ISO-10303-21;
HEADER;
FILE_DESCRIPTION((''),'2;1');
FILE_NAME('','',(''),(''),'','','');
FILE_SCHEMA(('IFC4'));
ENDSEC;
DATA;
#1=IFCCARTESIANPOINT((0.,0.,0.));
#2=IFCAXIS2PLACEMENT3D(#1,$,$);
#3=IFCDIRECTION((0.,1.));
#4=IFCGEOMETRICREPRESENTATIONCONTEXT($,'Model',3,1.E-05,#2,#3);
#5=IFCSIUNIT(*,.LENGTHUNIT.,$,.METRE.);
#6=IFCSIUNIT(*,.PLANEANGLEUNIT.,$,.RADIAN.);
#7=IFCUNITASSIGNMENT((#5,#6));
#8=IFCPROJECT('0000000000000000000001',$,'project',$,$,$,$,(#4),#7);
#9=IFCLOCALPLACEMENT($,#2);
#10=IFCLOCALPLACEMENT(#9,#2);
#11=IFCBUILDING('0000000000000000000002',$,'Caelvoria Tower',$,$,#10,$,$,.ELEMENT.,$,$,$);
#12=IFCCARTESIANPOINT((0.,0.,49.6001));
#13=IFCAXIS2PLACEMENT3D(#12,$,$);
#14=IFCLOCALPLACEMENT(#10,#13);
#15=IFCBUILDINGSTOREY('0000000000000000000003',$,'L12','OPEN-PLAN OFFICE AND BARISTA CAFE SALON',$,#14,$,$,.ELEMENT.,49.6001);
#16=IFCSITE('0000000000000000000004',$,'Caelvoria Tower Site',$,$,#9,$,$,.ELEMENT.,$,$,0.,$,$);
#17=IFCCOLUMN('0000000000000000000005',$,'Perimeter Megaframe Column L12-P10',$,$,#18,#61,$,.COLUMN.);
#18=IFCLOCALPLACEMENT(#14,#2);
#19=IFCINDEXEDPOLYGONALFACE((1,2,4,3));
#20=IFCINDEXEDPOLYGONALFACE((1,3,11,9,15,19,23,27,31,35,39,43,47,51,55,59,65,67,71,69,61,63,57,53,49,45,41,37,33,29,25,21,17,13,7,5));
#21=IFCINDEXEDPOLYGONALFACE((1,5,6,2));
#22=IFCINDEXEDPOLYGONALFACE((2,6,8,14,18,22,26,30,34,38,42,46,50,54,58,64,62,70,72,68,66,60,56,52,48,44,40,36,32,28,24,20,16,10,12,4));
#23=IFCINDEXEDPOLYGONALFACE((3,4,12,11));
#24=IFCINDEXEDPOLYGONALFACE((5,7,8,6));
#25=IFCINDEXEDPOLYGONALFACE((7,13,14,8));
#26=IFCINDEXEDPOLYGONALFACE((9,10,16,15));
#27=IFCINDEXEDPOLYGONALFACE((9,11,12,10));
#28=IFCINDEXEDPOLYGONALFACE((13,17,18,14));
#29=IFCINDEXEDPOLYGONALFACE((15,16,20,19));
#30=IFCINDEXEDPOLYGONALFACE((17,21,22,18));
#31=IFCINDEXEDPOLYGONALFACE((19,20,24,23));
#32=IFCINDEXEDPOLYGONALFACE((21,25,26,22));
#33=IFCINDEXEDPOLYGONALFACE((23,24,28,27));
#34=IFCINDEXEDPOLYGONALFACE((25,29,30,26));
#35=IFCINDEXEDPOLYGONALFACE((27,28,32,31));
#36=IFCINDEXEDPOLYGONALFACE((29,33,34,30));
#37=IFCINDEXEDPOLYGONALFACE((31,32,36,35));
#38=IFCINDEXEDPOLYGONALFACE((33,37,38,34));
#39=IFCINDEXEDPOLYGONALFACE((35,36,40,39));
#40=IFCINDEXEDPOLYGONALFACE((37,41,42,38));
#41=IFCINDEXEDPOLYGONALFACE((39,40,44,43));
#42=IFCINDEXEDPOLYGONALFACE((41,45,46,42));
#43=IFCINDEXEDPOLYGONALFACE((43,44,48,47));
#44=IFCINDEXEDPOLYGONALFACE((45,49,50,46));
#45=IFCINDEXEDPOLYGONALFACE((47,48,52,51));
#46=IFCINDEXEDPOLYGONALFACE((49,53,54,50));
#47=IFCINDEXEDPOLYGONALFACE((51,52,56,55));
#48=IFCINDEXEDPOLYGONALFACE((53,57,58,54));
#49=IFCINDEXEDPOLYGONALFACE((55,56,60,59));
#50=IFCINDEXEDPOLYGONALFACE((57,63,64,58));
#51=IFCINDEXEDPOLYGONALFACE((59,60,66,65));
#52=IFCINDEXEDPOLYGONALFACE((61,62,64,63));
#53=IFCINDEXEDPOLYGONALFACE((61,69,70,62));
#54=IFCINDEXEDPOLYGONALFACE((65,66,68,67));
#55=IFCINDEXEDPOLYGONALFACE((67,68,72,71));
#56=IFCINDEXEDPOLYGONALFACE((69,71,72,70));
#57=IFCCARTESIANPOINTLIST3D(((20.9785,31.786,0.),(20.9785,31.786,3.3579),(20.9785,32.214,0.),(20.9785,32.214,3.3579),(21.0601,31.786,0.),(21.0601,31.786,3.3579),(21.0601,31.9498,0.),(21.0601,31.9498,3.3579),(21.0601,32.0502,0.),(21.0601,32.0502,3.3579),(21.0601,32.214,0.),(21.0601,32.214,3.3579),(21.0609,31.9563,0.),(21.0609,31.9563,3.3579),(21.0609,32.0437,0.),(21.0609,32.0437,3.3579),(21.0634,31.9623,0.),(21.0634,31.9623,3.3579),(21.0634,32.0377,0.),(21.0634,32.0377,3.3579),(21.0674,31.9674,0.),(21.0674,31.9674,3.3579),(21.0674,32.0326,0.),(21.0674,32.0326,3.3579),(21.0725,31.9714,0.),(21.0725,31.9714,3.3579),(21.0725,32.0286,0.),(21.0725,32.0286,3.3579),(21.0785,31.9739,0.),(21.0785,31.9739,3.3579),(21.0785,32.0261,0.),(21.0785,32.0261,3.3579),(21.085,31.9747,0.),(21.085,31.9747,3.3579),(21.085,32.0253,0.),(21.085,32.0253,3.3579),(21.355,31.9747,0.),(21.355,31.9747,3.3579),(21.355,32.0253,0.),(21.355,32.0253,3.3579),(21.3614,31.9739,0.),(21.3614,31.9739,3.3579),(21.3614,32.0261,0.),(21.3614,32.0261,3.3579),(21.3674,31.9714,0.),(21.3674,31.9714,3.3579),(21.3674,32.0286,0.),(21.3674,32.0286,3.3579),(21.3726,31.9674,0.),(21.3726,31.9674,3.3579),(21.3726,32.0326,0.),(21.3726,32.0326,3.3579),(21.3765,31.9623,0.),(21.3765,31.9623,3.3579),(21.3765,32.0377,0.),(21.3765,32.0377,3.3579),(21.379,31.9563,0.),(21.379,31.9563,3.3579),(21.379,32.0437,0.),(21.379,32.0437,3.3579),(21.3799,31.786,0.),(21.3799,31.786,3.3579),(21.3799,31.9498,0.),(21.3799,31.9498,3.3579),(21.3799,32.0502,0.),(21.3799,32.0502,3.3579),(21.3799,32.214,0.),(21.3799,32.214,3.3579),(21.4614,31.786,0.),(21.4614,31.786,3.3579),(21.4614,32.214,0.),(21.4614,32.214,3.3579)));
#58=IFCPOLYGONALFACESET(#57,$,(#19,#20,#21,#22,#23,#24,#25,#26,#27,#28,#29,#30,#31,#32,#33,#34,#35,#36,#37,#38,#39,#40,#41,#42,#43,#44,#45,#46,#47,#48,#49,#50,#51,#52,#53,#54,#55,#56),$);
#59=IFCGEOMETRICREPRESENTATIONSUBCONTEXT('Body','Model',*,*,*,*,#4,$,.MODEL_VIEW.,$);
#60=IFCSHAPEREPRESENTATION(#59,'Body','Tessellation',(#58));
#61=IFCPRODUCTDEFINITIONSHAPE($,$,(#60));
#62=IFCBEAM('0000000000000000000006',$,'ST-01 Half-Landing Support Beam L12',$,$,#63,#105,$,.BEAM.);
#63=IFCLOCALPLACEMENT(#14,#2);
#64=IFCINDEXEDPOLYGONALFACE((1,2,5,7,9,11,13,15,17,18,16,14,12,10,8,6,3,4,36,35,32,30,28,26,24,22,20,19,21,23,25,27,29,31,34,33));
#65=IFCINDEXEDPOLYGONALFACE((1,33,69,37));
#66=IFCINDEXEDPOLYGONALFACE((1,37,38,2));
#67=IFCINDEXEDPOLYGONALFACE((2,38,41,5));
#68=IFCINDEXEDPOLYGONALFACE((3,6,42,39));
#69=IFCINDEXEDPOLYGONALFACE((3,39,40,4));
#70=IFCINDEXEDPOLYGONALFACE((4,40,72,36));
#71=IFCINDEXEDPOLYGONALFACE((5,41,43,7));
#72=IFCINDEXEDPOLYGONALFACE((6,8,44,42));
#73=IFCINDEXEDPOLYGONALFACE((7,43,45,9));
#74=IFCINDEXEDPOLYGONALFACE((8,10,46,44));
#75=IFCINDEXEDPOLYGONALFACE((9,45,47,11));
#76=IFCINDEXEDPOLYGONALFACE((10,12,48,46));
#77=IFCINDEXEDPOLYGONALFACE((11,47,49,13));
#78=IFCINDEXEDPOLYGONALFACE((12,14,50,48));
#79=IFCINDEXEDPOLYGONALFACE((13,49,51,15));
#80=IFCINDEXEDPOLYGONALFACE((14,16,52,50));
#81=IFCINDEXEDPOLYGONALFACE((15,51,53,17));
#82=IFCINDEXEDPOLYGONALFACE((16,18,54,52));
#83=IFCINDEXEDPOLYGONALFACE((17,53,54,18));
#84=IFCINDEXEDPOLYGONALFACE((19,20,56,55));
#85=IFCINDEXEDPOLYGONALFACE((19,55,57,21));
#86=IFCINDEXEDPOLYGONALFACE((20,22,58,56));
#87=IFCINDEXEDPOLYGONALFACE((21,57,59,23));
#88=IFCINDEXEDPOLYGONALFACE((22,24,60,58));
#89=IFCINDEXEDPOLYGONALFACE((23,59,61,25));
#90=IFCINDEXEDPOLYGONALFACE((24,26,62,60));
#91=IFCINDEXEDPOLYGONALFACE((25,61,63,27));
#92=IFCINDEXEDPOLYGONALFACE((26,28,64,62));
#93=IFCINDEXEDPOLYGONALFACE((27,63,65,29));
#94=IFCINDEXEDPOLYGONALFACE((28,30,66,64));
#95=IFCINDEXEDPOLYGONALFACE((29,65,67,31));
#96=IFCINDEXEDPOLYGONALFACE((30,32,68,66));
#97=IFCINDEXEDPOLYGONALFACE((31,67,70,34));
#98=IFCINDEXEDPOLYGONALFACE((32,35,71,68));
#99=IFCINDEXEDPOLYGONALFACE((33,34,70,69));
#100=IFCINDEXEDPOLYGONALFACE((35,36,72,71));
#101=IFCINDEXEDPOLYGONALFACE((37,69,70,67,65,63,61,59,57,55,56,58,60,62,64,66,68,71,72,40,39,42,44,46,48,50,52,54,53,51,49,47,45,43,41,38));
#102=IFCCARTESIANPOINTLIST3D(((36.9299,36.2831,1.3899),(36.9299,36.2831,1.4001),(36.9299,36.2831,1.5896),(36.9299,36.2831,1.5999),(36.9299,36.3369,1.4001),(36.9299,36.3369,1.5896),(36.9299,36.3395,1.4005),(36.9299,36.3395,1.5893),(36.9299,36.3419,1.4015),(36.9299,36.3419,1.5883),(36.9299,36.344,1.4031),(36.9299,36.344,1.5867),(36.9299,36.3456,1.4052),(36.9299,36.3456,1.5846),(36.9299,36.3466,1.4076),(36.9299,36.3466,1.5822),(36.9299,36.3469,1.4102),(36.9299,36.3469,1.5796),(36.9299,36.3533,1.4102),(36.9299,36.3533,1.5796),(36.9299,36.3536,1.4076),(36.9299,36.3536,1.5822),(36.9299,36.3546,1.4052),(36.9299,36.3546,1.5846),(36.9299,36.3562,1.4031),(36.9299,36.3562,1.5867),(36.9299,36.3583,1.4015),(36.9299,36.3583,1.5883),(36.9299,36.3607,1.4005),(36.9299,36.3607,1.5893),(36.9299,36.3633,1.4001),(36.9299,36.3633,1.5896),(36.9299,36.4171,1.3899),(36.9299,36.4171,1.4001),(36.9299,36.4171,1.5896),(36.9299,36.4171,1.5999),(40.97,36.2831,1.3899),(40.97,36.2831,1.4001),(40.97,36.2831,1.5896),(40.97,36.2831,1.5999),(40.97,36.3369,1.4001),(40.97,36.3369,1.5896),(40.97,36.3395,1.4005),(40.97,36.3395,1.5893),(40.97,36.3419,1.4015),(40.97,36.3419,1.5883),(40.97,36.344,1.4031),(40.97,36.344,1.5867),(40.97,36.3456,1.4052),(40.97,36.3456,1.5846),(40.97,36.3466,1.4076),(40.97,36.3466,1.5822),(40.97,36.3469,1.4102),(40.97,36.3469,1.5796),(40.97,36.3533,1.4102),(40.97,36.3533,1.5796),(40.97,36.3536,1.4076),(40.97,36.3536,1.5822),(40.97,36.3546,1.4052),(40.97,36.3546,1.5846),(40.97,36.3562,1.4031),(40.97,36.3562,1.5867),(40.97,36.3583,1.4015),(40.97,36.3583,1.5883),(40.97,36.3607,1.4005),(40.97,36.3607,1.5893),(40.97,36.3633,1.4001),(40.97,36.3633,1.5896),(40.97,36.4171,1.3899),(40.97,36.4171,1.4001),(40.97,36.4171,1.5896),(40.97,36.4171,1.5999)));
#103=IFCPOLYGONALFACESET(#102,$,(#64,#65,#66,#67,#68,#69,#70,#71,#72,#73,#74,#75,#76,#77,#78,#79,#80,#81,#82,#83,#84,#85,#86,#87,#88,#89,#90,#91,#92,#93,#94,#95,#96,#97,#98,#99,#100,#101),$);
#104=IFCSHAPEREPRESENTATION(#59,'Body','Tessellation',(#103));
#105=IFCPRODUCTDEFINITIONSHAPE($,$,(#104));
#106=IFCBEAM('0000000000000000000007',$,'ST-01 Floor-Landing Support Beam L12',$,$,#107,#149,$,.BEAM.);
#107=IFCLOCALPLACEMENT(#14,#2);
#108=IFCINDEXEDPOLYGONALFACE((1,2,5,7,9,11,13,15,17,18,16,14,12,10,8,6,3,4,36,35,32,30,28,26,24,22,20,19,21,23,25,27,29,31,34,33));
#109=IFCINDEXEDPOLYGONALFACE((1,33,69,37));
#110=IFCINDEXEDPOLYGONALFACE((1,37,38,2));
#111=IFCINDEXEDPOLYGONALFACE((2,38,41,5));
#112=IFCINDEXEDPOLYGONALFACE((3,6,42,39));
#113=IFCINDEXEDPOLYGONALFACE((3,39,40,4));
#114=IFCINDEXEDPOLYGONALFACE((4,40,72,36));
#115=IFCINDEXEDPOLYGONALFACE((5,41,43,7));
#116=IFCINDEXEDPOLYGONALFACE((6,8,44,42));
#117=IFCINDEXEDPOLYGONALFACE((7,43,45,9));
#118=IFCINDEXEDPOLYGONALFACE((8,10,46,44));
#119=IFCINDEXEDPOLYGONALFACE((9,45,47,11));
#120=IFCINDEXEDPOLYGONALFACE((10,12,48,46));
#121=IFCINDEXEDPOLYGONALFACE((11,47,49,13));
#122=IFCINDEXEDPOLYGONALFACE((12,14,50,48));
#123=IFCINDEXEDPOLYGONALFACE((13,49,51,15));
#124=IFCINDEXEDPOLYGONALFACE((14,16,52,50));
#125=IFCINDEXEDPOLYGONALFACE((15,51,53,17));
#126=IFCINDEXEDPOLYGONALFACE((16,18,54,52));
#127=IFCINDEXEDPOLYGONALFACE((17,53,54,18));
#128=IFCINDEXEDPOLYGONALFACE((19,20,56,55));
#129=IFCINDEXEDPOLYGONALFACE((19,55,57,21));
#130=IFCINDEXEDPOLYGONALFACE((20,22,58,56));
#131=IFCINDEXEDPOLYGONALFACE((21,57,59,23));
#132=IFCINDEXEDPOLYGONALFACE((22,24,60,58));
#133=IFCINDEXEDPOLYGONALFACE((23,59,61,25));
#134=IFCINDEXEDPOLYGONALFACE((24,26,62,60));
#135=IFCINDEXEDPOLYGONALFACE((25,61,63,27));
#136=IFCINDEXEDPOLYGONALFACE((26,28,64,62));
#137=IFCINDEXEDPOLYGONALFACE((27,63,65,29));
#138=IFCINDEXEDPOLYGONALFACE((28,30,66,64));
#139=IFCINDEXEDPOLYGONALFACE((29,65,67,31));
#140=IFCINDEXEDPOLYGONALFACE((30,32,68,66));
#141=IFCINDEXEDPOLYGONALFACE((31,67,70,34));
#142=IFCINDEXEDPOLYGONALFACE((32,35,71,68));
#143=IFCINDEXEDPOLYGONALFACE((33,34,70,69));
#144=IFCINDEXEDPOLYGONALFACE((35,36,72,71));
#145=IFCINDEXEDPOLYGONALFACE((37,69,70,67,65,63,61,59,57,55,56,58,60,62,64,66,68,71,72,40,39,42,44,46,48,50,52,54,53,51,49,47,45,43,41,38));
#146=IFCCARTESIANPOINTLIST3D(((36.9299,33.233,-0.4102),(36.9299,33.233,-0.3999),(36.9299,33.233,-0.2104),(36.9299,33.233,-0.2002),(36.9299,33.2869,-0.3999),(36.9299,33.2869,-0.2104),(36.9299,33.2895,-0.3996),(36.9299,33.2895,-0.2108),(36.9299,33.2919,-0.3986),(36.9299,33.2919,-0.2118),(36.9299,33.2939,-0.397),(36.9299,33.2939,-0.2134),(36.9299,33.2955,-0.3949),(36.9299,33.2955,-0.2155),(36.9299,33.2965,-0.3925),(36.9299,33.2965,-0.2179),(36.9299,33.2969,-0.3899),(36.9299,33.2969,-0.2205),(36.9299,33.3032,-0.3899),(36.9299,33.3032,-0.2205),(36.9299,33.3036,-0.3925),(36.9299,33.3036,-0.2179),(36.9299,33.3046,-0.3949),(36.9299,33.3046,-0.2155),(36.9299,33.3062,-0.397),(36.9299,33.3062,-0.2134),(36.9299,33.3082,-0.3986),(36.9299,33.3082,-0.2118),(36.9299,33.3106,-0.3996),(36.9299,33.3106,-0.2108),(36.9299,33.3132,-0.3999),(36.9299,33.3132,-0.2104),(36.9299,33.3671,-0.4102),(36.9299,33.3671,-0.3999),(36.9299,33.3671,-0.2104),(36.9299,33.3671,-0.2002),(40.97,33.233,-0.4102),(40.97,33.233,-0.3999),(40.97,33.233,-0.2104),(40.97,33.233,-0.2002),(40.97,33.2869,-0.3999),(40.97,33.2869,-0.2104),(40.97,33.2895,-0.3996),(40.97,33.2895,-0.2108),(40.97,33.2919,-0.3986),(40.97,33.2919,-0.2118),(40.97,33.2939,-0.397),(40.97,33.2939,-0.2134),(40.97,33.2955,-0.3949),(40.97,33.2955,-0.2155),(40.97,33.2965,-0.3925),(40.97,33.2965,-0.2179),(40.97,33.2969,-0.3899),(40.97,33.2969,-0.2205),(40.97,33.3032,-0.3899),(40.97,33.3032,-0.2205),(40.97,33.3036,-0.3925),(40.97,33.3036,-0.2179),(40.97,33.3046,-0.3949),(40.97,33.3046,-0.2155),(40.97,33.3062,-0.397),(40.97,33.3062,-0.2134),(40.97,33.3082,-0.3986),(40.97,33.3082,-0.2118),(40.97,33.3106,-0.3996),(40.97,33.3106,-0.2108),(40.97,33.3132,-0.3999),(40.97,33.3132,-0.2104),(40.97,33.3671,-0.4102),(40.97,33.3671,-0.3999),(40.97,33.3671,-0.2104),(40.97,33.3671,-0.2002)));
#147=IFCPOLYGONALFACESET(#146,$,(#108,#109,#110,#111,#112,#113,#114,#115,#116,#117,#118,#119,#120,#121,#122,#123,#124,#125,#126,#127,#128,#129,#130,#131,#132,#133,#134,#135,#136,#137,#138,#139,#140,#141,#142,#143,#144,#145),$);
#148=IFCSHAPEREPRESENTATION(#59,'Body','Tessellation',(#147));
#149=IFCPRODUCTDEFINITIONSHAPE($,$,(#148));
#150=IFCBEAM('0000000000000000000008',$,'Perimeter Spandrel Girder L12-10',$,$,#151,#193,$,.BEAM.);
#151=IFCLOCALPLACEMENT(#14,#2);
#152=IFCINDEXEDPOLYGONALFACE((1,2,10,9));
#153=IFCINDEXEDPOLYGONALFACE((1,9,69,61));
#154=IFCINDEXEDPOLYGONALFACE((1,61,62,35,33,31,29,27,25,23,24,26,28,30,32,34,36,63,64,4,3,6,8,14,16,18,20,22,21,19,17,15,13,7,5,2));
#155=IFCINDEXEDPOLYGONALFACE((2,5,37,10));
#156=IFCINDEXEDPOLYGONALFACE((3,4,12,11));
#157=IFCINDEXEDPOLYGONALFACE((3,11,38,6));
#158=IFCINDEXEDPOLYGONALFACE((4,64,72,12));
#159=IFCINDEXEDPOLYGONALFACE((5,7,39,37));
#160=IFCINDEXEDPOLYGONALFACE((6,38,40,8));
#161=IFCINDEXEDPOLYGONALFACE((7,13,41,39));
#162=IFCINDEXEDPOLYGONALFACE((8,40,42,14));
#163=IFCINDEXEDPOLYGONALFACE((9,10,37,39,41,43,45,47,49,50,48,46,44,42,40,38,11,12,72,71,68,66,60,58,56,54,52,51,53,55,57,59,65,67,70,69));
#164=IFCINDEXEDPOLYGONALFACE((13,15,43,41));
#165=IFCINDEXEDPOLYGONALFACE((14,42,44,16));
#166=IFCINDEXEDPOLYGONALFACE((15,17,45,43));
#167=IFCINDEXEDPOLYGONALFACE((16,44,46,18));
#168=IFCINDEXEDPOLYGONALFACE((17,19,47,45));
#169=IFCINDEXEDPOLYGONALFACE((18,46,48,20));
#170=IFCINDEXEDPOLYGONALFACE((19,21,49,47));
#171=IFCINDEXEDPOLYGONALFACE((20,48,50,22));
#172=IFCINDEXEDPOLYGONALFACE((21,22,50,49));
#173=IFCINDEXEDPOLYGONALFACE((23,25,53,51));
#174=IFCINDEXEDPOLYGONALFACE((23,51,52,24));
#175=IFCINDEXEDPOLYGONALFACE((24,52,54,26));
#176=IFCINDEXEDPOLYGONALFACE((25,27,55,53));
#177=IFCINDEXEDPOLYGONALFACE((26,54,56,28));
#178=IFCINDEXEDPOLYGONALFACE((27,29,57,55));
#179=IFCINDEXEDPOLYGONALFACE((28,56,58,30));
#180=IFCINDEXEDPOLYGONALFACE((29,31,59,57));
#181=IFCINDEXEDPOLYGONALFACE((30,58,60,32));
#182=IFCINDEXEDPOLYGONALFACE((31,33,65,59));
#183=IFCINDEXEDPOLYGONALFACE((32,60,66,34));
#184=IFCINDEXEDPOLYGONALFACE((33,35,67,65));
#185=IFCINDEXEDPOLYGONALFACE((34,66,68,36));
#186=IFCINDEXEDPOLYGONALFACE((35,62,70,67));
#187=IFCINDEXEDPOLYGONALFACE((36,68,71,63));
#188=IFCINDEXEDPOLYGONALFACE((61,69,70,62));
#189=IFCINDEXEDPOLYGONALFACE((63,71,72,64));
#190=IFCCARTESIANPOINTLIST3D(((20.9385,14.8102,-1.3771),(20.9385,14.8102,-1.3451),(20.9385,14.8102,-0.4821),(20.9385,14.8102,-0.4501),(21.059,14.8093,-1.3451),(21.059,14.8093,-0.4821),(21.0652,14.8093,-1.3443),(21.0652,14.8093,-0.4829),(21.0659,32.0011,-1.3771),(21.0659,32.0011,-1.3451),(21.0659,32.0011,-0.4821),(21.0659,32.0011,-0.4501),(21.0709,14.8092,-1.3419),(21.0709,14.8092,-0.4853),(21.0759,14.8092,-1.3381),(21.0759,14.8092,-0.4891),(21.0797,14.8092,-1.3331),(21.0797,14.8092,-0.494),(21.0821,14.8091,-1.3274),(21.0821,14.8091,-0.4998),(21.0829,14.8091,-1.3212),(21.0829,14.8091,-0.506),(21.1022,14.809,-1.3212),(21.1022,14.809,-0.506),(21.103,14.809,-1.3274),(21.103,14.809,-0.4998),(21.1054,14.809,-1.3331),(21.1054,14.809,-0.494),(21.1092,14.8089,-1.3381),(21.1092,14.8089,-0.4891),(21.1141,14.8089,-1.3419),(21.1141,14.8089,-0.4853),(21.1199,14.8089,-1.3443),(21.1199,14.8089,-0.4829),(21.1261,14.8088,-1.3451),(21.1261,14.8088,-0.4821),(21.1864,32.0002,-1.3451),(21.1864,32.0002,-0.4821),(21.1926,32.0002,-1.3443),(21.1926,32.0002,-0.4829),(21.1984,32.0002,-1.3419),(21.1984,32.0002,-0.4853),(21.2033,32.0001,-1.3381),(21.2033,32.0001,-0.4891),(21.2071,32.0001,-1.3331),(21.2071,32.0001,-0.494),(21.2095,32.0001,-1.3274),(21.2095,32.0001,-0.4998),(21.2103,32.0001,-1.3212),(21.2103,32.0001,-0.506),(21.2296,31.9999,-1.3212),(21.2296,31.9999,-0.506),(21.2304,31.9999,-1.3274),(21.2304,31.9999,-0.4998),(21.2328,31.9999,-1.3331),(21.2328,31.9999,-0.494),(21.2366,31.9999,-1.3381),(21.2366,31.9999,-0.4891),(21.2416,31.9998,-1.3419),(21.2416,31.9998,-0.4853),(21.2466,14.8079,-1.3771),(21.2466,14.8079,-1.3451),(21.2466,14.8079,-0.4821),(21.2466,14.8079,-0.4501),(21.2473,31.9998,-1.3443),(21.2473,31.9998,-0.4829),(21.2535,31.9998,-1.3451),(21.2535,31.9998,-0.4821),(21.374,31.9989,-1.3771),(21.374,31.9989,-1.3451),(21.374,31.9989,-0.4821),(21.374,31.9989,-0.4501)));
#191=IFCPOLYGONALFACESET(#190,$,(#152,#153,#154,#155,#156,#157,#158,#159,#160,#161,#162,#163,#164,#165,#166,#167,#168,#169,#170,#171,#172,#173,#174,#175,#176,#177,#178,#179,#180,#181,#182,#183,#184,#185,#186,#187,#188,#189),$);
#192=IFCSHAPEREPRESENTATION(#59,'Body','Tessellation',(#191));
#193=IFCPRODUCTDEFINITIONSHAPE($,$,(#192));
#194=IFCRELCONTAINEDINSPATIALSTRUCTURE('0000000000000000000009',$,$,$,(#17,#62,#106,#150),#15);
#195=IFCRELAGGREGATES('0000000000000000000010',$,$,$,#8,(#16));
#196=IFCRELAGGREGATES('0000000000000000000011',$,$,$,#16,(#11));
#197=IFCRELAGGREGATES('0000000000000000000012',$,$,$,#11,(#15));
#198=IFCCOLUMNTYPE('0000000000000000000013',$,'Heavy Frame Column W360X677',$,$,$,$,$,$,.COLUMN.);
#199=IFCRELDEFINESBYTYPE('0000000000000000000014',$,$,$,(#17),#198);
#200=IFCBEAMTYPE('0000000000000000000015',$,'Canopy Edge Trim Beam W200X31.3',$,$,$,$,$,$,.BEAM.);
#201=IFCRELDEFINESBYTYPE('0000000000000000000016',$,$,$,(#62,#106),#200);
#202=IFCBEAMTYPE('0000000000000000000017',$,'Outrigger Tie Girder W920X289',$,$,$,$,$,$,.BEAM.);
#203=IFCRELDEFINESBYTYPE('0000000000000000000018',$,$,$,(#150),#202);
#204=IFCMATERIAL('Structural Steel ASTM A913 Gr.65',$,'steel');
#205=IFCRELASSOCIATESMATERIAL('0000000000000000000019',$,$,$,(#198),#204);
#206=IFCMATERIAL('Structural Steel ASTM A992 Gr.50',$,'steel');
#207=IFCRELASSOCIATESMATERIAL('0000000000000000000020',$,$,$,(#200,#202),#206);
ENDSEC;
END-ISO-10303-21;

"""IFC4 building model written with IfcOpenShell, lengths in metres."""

from ifc_helpers import new_model, si_unit, direction, frame, origin, origin_2d, place, context, subcontext, project, spatial, i_section, extrude, material, material_profile, profile_set, type_object, element, save


model = new_model("IFC4")

# Units and contexts
model_context = context("Model", 3, precision=1e-05, world=origin(), true_north=direction((0.0, 1.0)))
body_context = subcontext(model_context, "Body", "Model", "MODEL_VIEW")
ifc_project = project(units=[si_unit("LENGTHUNIT", "METRE"), si_unit("PLANEANGLEUNIT", "RADIAN")], contexts=[model_context])

# Site, building, storey
site_placement = place(None, origin())
site = spatial("IfcSite", under=ifc_project, at=site_placement, Name="Caelvoria Tower Site", CompositionType="ELEMENT", RefElevation=0.0)
building_placement = place(site_placement, origin())
building = spatial("IfcBuilding", under=site, at=building_placement, Name="Caelvoria Tower", CompositionType="ELEMENT")
storey_placement = place(building_placement, frame((0.0, 0.0, 49.6001)))
storey = spatial("IfcBuildingStorey", under=building, at=storey_placement, Name="L12", Description="OPEN-PLAN OFFICE AND BARISTA CAFE SALON", CompositionType="ELEMENT", Elevation=49.6001)

# Column
ifc_material_1 = material(Name="Structural Steel ASTM A913 Gr.65", Category="steel")
ifc_material_profile_1 = material_profile(ifc_material_1, i_section(OverallWidth=0.428, OverallDepth=0.4829, WebThickness=0.0505, FlangeThickness=0.0815, FilletRadius=0.0249, at=origin_2d()), Name="Structural Steel ASTM A913 Gr.65")
ifc_profile_set_1 = profile_set([ifc_material_profile_1], Name="W360X677 - Structural Steel ASTM A913 Gr.65")
column_type = type_object("IfcColumnType", Name="Heavy Frame Column W360X677", PredefinedType="COLUMN", material=ifc_profile_set_1)
column_placement = place(storey_placement, frame((21.22, 32.0, 0.0), z_axis=(0.0, 0.0, 1.0), x_axis=(0.0, 1.0, 0.0)))
element("IfcColumn", 1, at=column_placement, inside=storey, type_object=column_type, Name="Perimeter Megaframe Column L12-P10", PredefinedType="COLUMN", context=body_context, shape_type="SweptSolid", body=[
    extrude(i_section(OverallWidth=0.428, OverallDepth=0.4829, WebThickness=0.0505, FlangeThickness=0.0815, FilletRadius=0.0249, at=origin_2d()), origin(), (0.0, 0.0, 1.0), 3.3579),
])

# Beams
ifc_material_2 = material(Name="Structural Steel ASTM A992 Gr.50", Category="steel")
ifc_material_profile_2 = material_profile(ifc_material_2, i_section(OverallWidth=0.134, OverallDepth=0.21, WebThickness=0.0063, FlangeThickness=0.0103, FilletRadius=0.01, at=origin_2d()), Name="Structural Steel ASTM A992 Gr.50")
ifc_profile_set_2 = profile_set([ifc_material_profile_2], Name="W200X31.3 - Structural Steel ASTM A992 Gr.50")
beam_type_1 = type_object("IfcBeamType", Name="Canopy Edge Trim Beam W200X31.3", PredefinedType="BEAM", material=ifc_profile_set_2)
for number, where, z_axis, x_axis, name in (
    (2, (36.9299, 36.3501, 1.4949), (1.0, 0.0, 0.0), (0.0, 1.0, 0.0), "ST-01 Half-Landing Support Beam L12"),
    (3, (36.9299, 33.3, -0.3052), (1.0, 0.0, 0.0), (0.0, 1.0, 0.0), "ST-01 Floor-Landing Support Beam L12"),
):
    element("IfcBeam", number, at=place(storey_placement, frame(where, z_axis=z_axis, x_axis=x_axis)), inside=storey, type_object=beam_type_1, Name=name, PredefinedType="BEAM", context=body_context, shape_type="SweptSolid", body=[
        extrude(i_section(OverallWidth=0.134, OverallDepth=0.21, WebThickness=0.0063, FlangeThickness=0.0103, FilletRadius=0.01, at=origin_2d()), origin(), (0.0, 0.0, 1.0), 4.04),
    ])
ifc_material_profile_3 = material_profile(ifc_material_2, i_section(OverallWidth=0.3081, OverallDepth=0.927, WebThickness=0.0193, FlangeThickness=0.032, FilletRadius=0.0239, at=origin_2d()), Name="Structural Steel ASTM A992 Gr.50")
ifc_profile_set_3 = profile_set([ifc_material_profile_3], Name="W920X289 - Structural Steel ASTM A992 Gr.50")
beam_type_2 = type_object("IfcBeamType", Name="Outrigger Tie Girder W920X289", PredefinedType="BEAM", material=ifc_profile_set_3)
beam_1_placement = place(storey_placement, frame((21.22, 32.0, -0.9136), z_axis=(-0.007413, -0.999973, 0.0), x_axis=(0.999973, -0.007413, 0.0)))
element("IfcBeam", 4, at=beam_1_placement, inside=storey, type_object=beam_type_2, Name="Perimeter Spandrel Girder L12-10", PredefinedType="BEAM", context=body_context, shape_type="SweptSolid", body=[
    extrude(i_section(OverallWidth=0.3081, OverallDepth=0.927, WebThickness=0.0193, FlangeThickness=0.032, FilletRadius=0.0239, at=origin_2d()), origin(), (0.0, 0.0, 1.0), 17.1914),
])

save(model, "model.ifc")
